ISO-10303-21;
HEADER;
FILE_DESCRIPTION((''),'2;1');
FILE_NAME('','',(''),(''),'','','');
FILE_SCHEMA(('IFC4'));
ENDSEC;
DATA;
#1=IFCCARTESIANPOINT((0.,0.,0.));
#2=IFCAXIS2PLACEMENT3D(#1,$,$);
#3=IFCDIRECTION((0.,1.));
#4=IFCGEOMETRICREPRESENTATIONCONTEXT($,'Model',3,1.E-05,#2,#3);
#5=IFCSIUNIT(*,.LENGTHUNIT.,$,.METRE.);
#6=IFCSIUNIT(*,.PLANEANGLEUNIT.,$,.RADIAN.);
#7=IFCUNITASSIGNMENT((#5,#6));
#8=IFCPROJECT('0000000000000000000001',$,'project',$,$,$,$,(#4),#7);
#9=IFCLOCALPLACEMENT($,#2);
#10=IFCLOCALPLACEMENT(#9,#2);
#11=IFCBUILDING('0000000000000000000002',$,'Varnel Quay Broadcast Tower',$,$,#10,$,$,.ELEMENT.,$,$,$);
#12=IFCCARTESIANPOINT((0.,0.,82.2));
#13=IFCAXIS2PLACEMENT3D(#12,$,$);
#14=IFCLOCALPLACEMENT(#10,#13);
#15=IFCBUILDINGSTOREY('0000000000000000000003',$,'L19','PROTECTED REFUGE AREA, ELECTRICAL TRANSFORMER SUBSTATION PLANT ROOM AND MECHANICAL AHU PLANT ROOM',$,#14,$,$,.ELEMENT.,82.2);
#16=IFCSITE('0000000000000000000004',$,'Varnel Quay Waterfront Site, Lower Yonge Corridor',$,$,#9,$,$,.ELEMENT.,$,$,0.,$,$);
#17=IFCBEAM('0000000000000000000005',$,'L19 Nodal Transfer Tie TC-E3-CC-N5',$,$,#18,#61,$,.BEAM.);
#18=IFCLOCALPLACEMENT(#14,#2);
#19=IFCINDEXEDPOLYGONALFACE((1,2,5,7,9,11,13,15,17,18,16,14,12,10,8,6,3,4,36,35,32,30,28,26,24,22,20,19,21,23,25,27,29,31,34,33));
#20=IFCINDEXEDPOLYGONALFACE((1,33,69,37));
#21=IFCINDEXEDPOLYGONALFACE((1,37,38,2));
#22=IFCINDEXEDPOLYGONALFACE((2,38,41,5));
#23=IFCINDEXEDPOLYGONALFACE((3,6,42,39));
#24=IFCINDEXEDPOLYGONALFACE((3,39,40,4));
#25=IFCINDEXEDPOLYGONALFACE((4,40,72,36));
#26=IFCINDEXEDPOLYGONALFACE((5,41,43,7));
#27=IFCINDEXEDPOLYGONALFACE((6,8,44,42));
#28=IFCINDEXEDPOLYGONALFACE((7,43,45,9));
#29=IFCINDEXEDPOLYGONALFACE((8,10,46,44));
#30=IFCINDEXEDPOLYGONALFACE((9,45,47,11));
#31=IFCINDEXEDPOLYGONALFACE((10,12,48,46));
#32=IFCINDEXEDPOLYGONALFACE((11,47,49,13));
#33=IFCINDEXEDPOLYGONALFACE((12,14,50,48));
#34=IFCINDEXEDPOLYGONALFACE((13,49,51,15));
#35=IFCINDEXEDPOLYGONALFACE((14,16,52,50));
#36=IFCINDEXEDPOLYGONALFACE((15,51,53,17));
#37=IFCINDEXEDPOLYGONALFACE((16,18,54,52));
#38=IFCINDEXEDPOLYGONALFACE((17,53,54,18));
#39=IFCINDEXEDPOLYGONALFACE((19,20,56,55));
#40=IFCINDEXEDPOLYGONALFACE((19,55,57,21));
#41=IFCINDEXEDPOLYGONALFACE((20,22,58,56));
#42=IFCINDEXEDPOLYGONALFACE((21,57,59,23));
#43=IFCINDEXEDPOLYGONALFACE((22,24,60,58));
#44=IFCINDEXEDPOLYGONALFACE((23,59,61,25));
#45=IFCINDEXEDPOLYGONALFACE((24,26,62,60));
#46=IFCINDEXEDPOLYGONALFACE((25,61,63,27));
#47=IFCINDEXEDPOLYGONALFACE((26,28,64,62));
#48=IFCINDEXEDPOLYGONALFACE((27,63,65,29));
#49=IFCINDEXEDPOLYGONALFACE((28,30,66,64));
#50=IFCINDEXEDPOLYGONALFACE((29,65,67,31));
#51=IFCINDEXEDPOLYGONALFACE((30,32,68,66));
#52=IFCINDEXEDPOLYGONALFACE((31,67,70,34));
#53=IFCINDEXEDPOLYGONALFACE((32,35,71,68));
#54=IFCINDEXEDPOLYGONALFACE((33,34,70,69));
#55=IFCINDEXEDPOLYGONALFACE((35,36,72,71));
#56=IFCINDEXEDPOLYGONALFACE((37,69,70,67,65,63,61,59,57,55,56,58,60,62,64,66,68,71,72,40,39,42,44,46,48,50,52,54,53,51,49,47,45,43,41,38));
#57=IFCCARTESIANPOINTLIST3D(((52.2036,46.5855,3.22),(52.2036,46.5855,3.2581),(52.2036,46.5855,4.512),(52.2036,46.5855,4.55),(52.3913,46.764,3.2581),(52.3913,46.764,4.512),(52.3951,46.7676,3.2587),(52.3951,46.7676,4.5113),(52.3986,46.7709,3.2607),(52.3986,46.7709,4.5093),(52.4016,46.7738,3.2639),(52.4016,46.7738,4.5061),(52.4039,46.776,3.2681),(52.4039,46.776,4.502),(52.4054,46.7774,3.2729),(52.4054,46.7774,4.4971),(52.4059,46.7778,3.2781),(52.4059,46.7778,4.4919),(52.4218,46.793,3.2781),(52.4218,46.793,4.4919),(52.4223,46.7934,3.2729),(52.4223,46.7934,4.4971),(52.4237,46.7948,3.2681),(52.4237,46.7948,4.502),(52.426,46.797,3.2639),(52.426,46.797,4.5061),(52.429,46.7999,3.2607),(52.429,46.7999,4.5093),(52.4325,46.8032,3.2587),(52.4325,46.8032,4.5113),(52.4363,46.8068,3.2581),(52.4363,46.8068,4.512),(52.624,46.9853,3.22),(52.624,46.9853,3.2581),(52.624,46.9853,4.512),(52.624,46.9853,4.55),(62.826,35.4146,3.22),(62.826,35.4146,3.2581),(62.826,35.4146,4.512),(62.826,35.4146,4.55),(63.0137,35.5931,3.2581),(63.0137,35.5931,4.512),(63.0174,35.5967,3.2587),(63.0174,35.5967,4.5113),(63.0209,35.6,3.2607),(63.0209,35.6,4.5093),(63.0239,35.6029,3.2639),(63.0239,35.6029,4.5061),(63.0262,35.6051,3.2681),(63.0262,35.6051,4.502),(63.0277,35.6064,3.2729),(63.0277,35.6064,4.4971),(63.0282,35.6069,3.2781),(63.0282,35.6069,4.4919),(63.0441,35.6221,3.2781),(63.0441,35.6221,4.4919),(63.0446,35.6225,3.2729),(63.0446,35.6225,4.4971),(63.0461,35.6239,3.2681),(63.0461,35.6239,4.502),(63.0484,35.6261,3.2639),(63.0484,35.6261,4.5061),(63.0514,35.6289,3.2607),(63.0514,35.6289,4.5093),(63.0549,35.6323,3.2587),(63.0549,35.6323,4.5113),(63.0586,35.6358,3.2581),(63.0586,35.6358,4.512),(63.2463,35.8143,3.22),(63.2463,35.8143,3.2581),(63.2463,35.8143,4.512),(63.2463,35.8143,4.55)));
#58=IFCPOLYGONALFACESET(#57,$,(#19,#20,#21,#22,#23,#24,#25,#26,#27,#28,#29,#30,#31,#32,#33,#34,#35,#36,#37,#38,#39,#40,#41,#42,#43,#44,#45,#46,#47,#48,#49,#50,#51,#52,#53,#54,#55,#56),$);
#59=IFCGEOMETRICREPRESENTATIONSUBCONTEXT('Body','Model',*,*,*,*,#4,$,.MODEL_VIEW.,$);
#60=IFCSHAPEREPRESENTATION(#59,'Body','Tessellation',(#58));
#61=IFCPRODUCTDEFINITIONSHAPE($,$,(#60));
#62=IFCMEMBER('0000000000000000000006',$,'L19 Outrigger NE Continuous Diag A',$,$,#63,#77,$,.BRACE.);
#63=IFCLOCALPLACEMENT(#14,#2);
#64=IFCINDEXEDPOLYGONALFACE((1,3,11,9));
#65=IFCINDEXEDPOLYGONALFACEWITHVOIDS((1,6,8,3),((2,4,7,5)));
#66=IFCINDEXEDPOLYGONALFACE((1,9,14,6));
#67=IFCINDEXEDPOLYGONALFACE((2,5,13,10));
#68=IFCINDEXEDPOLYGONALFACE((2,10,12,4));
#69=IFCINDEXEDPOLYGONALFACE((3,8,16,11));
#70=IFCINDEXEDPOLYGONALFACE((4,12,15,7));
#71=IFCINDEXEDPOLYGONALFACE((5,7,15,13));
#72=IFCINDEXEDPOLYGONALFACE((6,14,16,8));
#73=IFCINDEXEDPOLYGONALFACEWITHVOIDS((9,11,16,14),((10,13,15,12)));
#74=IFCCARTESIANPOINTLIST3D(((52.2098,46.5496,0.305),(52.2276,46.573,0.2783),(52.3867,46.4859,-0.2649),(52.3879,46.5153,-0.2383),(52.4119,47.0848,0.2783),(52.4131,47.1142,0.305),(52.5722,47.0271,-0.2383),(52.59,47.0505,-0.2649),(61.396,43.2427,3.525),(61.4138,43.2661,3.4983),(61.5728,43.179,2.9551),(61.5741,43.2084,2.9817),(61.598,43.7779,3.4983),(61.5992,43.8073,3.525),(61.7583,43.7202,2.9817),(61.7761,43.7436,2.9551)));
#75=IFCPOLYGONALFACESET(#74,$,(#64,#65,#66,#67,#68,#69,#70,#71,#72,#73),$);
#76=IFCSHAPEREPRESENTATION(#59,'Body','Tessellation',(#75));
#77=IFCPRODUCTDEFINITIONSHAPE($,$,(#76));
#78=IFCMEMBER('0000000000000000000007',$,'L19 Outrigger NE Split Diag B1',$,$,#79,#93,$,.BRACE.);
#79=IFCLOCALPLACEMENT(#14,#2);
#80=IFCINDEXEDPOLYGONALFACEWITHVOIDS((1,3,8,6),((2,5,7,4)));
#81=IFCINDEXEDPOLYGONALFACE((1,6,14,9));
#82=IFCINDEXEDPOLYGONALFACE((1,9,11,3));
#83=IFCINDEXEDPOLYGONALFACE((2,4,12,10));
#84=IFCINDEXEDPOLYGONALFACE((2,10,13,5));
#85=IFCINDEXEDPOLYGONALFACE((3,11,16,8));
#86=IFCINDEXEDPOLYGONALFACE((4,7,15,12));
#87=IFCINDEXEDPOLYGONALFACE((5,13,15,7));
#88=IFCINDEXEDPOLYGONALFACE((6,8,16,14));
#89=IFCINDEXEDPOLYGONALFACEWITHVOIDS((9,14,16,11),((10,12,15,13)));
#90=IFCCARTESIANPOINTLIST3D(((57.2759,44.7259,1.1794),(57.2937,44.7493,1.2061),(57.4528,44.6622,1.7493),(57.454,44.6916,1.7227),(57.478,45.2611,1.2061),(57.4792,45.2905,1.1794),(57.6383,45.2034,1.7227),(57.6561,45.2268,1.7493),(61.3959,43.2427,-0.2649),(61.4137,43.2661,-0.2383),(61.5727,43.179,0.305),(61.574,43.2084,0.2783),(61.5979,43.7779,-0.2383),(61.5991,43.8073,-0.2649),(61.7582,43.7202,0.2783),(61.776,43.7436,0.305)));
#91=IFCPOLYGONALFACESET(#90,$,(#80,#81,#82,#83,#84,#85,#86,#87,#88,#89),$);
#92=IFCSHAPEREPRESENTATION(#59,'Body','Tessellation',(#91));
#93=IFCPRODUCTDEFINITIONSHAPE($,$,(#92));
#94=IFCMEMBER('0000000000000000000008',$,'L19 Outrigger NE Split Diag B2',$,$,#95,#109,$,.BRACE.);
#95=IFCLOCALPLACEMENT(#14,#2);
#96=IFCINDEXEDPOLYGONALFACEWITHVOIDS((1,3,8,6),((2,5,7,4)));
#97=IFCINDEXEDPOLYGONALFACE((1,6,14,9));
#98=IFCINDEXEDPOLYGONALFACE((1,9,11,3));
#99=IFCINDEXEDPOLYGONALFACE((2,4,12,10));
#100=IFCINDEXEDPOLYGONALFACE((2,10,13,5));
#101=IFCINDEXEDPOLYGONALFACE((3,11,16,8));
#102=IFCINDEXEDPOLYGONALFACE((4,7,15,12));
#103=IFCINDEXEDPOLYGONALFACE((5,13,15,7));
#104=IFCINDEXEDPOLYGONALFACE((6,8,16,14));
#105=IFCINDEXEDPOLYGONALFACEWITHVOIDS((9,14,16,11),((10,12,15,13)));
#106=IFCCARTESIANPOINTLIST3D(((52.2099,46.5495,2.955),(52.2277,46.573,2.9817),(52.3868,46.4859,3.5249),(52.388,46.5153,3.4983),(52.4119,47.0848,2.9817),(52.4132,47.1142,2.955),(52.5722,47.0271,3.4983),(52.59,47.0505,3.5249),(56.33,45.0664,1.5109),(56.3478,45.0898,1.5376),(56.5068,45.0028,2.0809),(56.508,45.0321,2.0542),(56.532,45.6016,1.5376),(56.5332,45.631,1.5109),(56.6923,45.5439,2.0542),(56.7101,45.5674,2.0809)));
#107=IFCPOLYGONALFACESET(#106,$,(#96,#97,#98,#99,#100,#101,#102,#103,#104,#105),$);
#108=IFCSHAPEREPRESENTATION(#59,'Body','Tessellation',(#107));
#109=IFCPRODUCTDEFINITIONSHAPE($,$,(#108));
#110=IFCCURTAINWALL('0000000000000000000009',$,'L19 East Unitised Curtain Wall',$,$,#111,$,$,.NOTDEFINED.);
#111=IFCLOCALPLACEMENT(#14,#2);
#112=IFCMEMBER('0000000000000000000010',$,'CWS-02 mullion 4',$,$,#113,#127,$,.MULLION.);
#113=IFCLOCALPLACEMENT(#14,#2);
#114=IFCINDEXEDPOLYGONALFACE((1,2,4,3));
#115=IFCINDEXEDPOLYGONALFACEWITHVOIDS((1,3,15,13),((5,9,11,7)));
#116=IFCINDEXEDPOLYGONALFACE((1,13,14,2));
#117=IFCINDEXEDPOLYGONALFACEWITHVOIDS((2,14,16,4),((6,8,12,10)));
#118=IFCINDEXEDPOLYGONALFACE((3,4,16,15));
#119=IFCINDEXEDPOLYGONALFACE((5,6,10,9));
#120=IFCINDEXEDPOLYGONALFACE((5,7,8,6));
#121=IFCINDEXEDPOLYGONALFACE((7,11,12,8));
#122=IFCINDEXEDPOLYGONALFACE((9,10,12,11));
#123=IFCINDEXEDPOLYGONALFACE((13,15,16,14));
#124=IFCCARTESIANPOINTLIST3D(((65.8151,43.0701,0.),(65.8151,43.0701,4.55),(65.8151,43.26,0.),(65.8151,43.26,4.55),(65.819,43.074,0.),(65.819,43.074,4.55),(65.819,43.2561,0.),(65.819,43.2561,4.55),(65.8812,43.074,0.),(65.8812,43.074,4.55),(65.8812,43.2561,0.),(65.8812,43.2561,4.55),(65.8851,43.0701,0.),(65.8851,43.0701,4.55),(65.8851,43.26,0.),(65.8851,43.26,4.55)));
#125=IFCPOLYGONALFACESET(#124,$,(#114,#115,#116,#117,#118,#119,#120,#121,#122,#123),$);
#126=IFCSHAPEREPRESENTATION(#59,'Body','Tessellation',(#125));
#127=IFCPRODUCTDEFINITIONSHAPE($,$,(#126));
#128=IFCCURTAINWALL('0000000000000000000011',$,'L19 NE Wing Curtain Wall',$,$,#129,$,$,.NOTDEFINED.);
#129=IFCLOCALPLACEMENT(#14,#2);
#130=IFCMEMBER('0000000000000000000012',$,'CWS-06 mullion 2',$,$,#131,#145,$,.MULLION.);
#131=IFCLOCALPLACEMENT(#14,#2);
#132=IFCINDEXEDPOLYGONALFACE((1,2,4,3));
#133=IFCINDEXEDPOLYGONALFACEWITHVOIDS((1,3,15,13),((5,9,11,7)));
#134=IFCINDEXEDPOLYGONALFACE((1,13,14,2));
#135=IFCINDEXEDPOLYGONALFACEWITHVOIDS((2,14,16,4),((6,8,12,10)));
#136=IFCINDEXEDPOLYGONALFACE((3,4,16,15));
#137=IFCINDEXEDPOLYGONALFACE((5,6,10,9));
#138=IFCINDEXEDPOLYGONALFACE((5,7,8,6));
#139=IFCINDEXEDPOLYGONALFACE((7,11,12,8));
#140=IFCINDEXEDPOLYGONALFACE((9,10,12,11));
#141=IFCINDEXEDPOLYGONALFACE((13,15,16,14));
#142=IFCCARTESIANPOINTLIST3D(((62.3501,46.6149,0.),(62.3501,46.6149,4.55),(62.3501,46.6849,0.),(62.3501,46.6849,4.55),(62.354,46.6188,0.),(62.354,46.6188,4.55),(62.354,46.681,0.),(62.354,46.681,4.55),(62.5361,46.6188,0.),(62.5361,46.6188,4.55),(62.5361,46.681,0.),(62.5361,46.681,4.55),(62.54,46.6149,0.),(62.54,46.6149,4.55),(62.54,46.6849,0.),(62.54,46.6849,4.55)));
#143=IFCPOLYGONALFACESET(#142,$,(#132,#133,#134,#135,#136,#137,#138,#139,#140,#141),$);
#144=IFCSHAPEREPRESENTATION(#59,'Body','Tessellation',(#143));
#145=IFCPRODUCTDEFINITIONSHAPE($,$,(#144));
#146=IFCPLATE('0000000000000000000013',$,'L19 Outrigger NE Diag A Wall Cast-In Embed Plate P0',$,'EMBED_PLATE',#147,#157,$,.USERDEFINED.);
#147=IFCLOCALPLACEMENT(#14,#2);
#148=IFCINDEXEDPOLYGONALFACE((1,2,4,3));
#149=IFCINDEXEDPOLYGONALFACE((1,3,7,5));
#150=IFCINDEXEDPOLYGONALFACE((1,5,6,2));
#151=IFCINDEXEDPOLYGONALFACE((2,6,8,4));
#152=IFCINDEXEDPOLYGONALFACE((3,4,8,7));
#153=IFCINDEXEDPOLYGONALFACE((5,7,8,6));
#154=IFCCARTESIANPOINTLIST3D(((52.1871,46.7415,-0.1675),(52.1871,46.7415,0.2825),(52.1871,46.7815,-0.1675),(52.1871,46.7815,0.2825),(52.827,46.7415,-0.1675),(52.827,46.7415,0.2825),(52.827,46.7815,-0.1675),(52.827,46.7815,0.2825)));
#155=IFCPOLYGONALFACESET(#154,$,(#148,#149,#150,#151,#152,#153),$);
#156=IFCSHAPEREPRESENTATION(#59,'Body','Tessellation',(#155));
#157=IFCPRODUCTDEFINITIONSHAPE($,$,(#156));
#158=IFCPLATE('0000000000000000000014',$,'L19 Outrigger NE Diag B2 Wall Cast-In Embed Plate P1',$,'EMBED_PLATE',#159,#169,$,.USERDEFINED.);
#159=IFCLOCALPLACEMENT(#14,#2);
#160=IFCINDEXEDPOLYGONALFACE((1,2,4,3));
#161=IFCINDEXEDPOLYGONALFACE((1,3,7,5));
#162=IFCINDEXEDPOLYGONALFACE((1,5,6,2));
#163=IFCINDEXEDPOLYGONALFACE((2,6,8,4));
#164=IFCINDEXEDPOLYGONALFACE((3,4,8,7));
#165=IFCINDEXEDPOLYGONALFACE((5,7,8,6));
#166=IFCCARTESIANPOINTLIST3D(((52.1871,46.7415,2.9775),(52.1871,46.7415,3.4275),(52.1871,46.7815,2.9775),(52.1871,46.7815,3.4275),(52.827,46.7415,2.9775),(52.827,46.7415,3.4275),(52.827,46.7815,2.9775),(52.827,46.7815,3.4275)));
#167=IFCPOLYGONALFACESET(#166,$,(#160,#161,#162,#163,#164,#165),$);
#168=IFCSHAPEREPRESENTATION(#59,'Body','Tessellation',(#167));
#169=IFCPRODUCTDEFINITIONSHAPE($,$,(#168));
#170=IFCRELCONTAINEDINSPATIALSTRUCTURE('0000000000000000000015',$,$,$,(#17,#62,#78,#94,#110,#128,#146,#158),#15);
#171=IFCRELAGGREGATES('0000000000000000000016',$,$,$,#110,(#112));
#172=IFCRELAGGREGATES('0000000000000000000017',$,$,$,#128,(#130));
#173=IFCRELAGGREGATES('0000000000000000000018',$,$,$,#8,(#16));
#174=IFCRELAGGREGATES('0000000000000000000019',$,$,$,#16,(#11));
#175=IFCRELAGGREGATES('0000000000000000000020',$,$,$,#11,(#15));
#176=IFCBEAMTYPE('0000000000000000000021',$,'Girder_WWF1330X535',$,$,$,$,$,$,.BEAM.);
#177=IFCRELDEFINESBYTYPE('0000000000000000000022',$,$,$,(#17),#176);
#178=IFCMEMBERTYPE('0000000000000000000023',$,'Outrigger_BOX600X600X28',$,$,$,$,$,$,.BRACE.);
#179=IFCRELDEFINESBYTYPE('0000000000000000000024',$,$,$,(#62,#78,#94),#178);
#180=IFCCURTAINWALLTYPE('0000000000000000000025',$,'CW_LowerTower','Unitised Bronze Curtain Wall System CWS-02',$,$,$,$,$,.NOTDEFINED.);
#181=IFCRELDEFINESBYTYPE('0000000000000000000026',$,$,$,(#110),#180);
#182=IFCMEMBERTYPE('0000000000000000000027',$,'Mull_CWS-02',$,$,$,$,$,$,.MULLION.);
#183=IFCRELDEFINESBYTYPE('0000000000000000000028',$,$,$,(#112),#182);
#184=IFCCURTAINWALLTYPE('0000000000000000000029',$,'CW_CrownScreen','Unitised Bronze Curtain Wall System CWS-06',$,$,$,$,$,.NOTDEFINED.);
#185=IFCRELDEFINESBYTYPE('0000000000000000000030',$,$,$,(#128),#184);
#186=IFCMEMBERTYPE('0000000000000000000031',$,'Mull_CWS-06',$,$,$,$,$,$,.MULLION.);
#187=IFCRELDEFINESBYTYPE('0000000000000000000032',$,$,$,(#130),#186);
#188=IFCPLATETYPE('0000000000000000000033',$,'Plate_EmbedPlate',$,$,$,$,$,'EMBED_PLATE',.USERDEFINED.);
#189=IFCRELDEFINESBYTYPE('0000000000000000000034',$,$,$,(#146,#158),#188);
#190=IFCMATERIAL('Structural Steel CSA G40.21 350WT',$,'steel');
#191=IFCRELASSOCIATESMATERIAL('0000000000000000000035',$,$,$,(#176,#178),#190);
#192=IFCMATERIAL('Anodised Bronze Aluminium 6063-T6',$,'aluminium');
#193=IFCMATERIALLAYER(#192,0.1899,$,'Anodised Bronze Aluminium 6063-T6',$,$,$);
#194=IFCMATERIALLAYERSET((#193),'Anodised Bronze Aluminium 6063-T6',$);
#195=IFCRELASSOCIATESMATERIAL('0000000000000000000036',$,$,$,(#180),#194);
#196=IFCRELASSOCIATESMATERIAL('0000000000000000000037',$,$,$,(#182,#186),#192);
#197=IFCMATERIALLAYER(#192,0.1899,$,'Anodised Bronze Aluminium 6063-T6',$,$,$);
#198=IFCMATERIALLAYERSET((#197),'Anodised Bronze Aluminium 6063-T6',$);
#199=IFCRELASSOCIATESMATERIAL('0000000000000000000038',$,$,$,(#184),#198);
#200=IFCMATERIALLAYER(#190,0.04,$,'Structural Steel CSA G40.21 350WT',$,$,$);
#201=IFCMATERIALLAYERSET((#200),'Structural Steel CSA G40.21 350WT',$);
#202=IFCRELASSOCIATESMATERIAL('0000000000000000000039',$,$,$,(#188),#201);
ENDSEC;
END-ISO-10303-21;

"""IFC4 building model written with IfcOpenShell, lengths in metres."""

from ifc_helpers import new_model, si_unit, direction, frame, origin, origin_2d, place, context, subcontext, project, spatial, rectangle, hollow_rectangle, i_section, extrude, source, transform, mapped, material, layer, layer_set, material_profile, profile_set, type_object, type_shapes, element, aggregate, save


model = new_model("IFC4")

# Units and contexts
model_context = context("Model", 3, precision=1e-05, world=origin(), true_north=direction((0.0, 1.0)))
body_context = subcontext(model_context, "Body", "Model", "MODEL_VIEW")
ifc_project = project(units=[si_unit("LENGTHUNIT", "METRE"), si_unit("PLANEANGLEUNIT", "RADIAN")], contexts=[model_context])

# Site, building, storey
site_placement = place(None, origin())
site = spatial("IfcSite", under=ifc_project, at=site_placement, Name="Varnel Quay Waterfront Site, Lower Yonge Corridor", CompositionType="ELEMENT", RefElevation=0.0)
building_placement = place(site_placement, origin())
building = spatial("IfcBuilding", under=site, at=building_placement, Name="Varnel Quay Broadcast Tower", CompositionType="ELEMENT")
storey_placement = place(building_placement, frame((0.0, 0.0, 82.2)))
storey = spatial("IfcBuildingStorey", under=building, at=storey_placement, Name="L19", Description="PROTECTED REFUGE AREA, ELECTRICAL TRANSFORMER SUBSTATION PLANT ROOM AND MECHANICAL AHU PLANT ROOM", CompositionType="ELEMENT", Elevation=82.2)

# Shared definitions
ifc_material_1 = material(Name="Structural Steel CSA G40.21 350WT", Category="steel")

# Beam
ifc_material_profile_1 = material_profile(ifc_material_1, i_section(OverallWidth=0.5801, OverallDepth=1.3301, WebThickness=0.022, FlangeThickness=0.0381, FilletRadius=0.02, at=origin_2d()), Name="WWF1330X535")
ifc_profile_set_1 = profile_set([ifc_material_profile_1], Name="Structural Steel CSA G40.21 350WT")
beam_type = type_object("IfcBeamType", Name="Girder_WWF1330X535", PredefinedType="BEAM", material=ifc_profile_set_1)
shared_shape_1 = source(origin(), body_context, "Body", "SweptSolid", [
    extrude(i_section(OverallWidth=0.5801, OverallDepth=1.3301, WebThickness=0.022, FlangeThickness=0.0381, FilletRadius=0.02, at=origin_2d()), origin(), (0.0, 0.0, 1.0), 15.415),
])
beam_1_placement = place(storey_placement, frame((52.4138, 46.7854, 3.885), z_axis=(0.689089, -0.724677, 0.0), x_axis=(0.724677, 0.689089, 0.0)))
element("IfcBeam", 1, at=beam_1_placement, inside=storey, type_object=beam_type, Name="L19 Nodal Transfer Tie TC-E3-CC-N5", PredefinedType="BEAM", context=body_context, shape_type="MappedRepresentation", body=[
    mapped(shared_shape_1, transform((0.0, 0.0, 0.0), x_axis=(1.0, 0.0, 0.0), y_axis=(0.0, 1.0, 0.0), z_axis=(0.0, 0.0, 1.0), scale=1.0)),
])

# Members
ifc_material_profile_2 = material_profile(ifc_material_1, hollow_rectangle(XDim=0.6001, YDim=0.6001, WallThickness=0.0281, at=origin_2d()), Name="BOX600X600X28")
ifc_profile_set_2 = profile_set([ifc_material_profile_2], Name="Structural Steel CSA G40.21 350WT")
member_type_1 = type_object("IfcMemberType", Name="Outrigger_BOX600X600X28", PredefinedType="BRACE", material=ifc_profile_set_2)
shared_shape_2 = source(origin(), body_context, "Body", "SweptSolid", [
    extrude(hollow_rectangle(XDim=0.6001, YDim=0.6001, WallThickness=0.0281, at=origin_2d()), origin(), (0.0, 0.0, 1.0), 10.2805),
])
member_1_placement = place(storey_placement, frame((52.3999, 46.8, 0.02), z_axis=(0.893547, -0.321668, 0.313214), x_axis=(0.338711, 0.94089, 0.0)))
element("IfcMember", 2, at=member_1_placement, inside=storey, type_object=member_type_1, Name="L19 Outrigger NE Continuous Diag A", PredefinedType="BRACE", context=body_context, shape_type="MappedRepresentation", body=[
    mapped(shared_shape_2, transform((0.0, 0.0, 0.0), x_axis=(1.0, 0.0, 0.0), y_axis=(0.0, 1.0, 0.0), z_axis=(0.0, 0.0, 1.0), scale=1.0)),
])
shared_shape_3 = source(origin(), body_context, "Body", "SweptSolid", [
    extrude(hollow_rectangle(XDim=0.6001, YDim=0.6001, WallThickness=0.0281, at=origin_2d()), origin(), (0.0, 0.0, 1.0), 4.6108),
])
type_shapes(member_type_1, [shared_shape_2, shared_shape_3])
for number, where, z_axis, x_axis, name in (
    (3, (61.5859, 43.4932, 0.02), (-0.893532, 0.321672, 0.313253), (-0.338719, -0.940887, 0.0), "L19 Outrigger NE Split Diag B1"),
    (4, (56.52, 45.3169, 1.7959), (-0.893558, 0.321662, 0.31319), (-0.338702, -0.940894, 0.0), "L19 Outrigger NE Split Diag B2"),
):
    element("IfcMember", number, at=place(storey_placement, frame(where, z_axis=z_axis, x_axis=x_axis)), inside=storey, type_object=member_type_1, Name=name, PredefinedType="BRACE", context=body_context, shape_type="MappedRepresentation", body=[
        mapped(shared_shape_3, transform((0.0, 0.0, 0.0), x_axis=(1.0, 0.0, 0.0), y_axis=(0.0, 1.0, 0.0), z_axis=(0.0, 0.0, 1.0), scale=1.0)),
    ])

# Curtain walls, members
ifc_material_2 = material(Name="Anodised Bronze Aluminium 6063-T6", Category="aluminium")
ifc_layer_1 = layer(ifc_material_2, 0.1899, Name="Anodised Bronze Aluminium 6063-T6")
ifc_layer_set_1 = layer_set([ifc_layer_1], Name="Anodised Bronze Aluminium 6063-T6")
curtain_wall_type_1 = type_object("IfcCurtainWallType", Name="CW_LowerTower", Description="Unitised Bronze Curtain Wall System CWS-02", PredefinedType="NOTDEFINED", material=ifc_layer_set_1)
curtain_wall_1_placement = place(storey_placement, origin())
curtain_wall_1 = element("IfcCurtainWall", 5, at=curtain_wall_1_placement, inside=storey, type_object=curtain_wall_type_1, Name="L19 East Unitised Curtain Wall", PredefinedType="NOTDEFINED")
ifc_material_profile_3 = material_profile(ifc_material_2, hollow_rectangle(XDim=0.0701, YDim=0.1899, WallThickness=0.0039, at=origin_2d()), Name="ALU70X190X4")
ifc_profile_set_3 = profile_set([ifc_material_profile_3], Name="Anodised Bronze Aluminium 6063-T6")
member_type_2 = type_object("IfcMemberType", Name="Mull_CWS-02", PredefinedType="MULLION", material=ifc_profile_set_3)
shared_shape_4 = source(origin(), body_context, "Body", "SweptSolid", [
    extrude(hollow_rectangle(XDim=0.0701, YDim=0.1899, WallThickness=0.0039, at=origin_2d()), origin(), (0.0, 0.0, 1.0), 4.55),
])
type_shapes(member_type_2, [shared_shape_4])
member_2_placement = place(storey_placement, frame((65.8501, 43.165, 0.0), z_axis=(0.0, 0.0, 1.0), x_axis=(-1.0, 0.0, 0.0)))
member_2 = element("IfcMember", 6, at=member_2_placement, type_object=member_type_2, Name="CWS-02 mullion 4", PredefinedType="MULLION", context=body_context, shape_type="MappedRepresentation", body=[
    mapped(shared_shape_4, transform((0.0, 0.0, 0.0), x_axis=(1.0, 0.0, 0.0), y_axis=(0.0, 1.0, 0.0), z_axis=(0.0, 0.0, 1.0), scale=1.0)),
])
ifc_layer_2 = layer(ifc_material_2, 0.1899, Name="Anodised Bronze Aluminium 6063-T6")
ifc_layer_set_2 = layer_set([ifc_layer_2], Name="Anodised Bronze Aluminium 6063-T6")
curtain_wall_type_2 = type_object("IfcCurtainWallType", Name="CW_CrownScreen", Description="Unitised Bronze Curtain Wall System CWS-06", PredefinedType="NOTDEFINED", material=ifc_layer_set_2)
curtain_wall_2_placement = place(storey_placement, origin())
curtain_wall_2 = element("IfcCurtainWall", 7, at=curtain_wall_2_placement, inside=storey, type_object=curtain_wall_type_2, Name="L19 NE Wing Curtain Wall", PredefinedType="NOTDEFINED")
ifc_material_profile_4 = material_profile(ifc_material_2, hollow_rectangle(XDim=0.0701, YDim=0.1899, WallThickness=0.0039, at=origin_2d()), Name="ALU70X190X4")
ifc_profile_set_4 = profile_set([ifc_material_profile_4], Name="Anodised Bronze Aluminium 6063-T6")
member_type_3 = type_object("IfcMemberType", Name="Mull_CWS-06", PredefinedType="MULLION", material=ifc_profile_set_4)
shared_shape_5 = source(origin(), body_context, "Body", "SweptSolid", [
    extrude(hollow_rectangle(XDim=0.0701, YDim=0.1899, WallThickness=0.0039, at=origin_2d()), origin(), (0.0, 0.0, 1.0), 4.55),
])
type_shapes(member_type_3, [shared_shape_5])
member_3_placement = place(storey_placement, frame((62.4451, 46.6499, 0.0), z_axis=(0.0, 0.0, 1.0), x_axis=(0.0, 1.0, 0.0)))
member_3 = element("IfcMember", 8, at=member_3_placement, type_object=member_type_3, Name="CWS-06 mullion 2", PredefinedType="MULLION", context=body_context, shape_type="MappedRepresentation", body=[
    mapped(shared_shape_5, transform((0.0, 0.0, 0.0), x_axis=(1.0, 0.0, 0.0), y_axis=(0.0, 1.0, 0.0), z_axis=(0.0, 0.0, 1.0), scale=1.0)),
])

# Plates
ifc_layer_3 = layer(ifc_material_1, 0.04, Name="Structural Steel CSA G40.21 350WT")
ifc_layer_set_3 = layer_set([ifc_layer_3], Name="Structural Steel CSA G40.21 350WT")
plate_type_1 = type_object("IfcPlateType", Name="Plate_EmbedPlate", ElementType="EMBED_PLATE", PredefinedType="USERDEFINED", material=ifc_layer_set_3)
shared_shape_6 = source(origin(), body_context, "Body", "SweptSolid", [
    extrude(rectangle(XDim=0.6399, YDim=0.04, at=origin_2d()), origin(), (0.0, 0.0, 1.0), 0.45),
])
type_shapes(plate_type_1, [shared_shape_6])
for number, where, z_axis, x_axis, name in (
    (9, (52.5071, 46.7615, -0.1675), (0.0, 0.0, 1.0), (1.0, 0.0, 0.0), "L19 Outrigger NE Diag A Wall Cast-In Embed Plate P0"),
    (10, (52.5071, 46.7615, 2.9775), (0.0, 0.0, 1.0), (1.0, 0.0, 0.0), "L19 Outrigger NE Diag B2 Wall Cast-In Embed Plate P1"),
):
    element("IfcPlate", number, at=place(storey_placement, frame(where, z_axis=z_axis, x_axis=x_axis)), inside=storey, type_object=plate_type_1, Name=name, ObjectType="EMBED_PLATE", PredefinedType="USERDEFINED", context=body_context, shape_type="MappedRepresentation", body=[
        mapped(shared_shape_6, transform((0.0, 0.0, 0.0), x_axis=(1.0, 0.0, 0.0), y_axis=(0.0, 1.0, 0.0), z_axis=(0.0, 0.0, 1.0), scale=1.0)),
    ])

aggregate(curtain_wall_1, [member_2])
aggregate(curtain_wall_2, [member_3])

save(model, "model.ifc")
